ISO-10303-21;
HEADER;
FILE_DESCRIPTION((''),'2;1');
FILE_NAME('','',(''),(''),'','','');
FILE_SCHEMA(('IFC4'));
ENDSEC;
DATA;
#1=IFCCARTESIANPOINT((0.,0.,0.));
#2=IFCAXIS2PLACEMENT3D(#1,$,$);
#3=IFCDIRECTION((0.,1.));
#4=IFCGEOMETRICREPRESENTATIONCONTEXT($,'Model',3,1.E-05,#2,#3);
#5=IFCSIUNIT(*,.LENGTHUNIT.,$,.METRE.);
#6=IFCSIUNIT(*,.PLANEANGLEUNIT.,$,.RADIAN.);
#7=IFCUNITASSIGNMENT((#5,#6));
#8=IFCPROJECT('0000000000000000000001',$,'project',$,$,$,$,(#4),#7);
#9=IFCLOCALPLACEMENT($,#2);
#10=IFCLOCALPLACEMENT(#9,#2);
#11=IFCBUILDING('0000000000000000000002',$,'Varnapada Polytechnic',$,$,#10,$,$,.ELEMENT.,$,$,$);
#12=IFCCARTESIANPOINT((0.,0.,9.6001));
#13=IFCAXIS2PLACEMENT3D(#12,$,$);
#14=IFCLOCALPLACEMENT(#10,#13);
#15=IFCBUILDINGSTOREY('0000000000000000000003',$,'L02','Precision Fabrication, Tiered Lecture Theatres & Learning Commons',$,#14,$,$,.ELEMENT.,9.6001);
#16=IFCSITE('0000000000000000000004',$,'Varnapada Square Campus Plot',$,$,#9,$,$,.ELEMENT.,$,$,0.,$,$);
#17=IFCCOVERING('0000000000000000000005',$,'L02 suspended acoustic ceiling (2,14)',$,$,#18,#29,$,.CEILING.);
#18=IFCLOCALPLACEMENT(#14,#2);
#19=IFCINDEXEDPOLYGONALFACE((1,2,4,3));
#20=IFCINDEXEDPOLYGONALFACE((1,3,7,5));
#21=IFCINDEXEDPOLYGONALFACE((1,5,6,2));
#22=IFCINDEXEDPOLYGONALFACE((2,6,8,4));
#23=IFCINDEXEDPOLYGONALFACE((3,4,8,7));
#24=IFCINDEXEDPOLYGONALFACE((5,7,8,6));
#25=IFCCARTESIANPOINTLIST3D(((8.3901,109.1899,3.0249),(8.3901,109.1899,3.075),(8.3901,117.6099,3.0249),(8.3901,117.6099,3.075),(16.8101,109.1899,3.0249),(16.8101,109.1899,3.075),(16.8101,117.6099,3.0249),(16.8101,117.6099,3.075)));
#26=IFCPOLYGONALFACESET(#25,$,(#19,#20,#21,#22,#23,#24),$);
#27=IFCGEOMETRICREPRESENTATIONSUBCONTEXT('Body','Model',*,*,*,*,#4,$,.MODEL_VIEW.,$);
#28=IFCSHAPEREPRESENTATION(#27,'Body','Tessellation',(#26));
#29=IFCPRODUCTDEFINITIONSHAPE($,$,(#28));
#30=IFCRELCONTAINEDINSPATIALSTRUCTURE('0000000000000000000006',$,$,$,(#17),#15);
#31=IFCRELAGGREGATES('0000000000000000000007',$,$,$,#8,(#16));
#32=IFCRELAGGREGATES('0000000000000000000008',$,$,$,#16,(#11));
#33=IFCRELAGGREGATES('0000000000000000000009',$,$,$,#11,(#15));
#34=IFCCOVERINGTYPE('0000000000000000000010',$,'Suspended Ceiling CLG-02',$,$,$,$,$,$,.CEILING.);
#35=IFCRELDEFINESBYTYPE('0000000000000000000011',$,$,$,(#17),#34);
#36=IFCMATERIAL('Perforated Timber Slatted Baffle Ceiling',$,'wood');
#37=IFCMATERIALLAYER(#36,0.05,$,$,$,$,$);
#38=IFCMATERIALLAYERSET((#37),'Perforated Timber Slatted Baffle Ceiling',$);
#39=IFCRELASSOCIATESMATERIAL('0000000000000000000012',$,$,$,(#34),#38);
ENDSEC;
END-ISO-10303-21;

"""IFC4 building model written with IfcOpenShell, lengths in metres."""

from ifc_helpers import new_model, si_unit, direction, frame, origin, origin_2d, place, context, subcontext, project, spatial, rectangle, extrude, material, layer, layer_set, type_object, element, save


model = new_model("IFC4")

# Units and contexts
model_context = context("Model", 3, precision=1e-05, world=origin(), true_north=direction((0.0, 1.0)))
body_context = subcontext(model_context, "Body", "Model", "MODEL_VIEW")
ifc_project = project(units=[si_unit("LENGTHUNIT", "METRE"), si_unit("PLANEANGLEUNIT", "RADIAN")], contexts=[model_context])

# Site, building, storey
site_placement = place(None, origin())
site = spatial("IfcSite", under=ifc_project, at=site_placement, Name="Varnapada Square Campus Plot", CompositionType="ELEMENT", RefElevation=0.0)
building_placement = place(site_placement, origin())
building = spatial("IfcBuilding", under=site, at=building_placement, Name="Varnapada Polytechnic", CompositionType="ELEMENT")
storey_placement = place(building_placement, frame((0.0, 0.0, 9.6001)))
storey = spatial("IfcBuildingStorey", under=building, at=storey_placement, Name="L02", Description="Precision Fabrication, Tiered Lecture Theatres & Learning Commons", CompositionType="ELEMENT", Elevation=9.6001)

# Covering
ifc_material_1 = material(Name="Perforated Timber Slatted Baffle Ceiling", Category="wood")
ifc_layer_1 = layer(ifc_material_1, 0.05)
ifc_layer_set_1 = layer_set([ifc_layer_1], Name="Perforated Timber Slatted Baffle Ceiling")
covering_type_1 = type_object("IfcCoveringType", Name="Suspended Ceiling CLG-02", PredefinedType="CEILING", material=ifc_layer_set_1)
covering_placement = place(storey_placement, frame((12.6001, 113.3999, 3.0249), z_axis=(0.0, 0.0, 1.0), x_axis=(1.0, 0.0, 0.0)))
element("IfcCovering", 1, at=covering_placement, inside=storey, type_object=covering_type_1, Name="L02 suspended acoustic ceiling (2,14)", PredefinedType="CEILING", context=body_context, shape_type="SweptSolid", body=[
    extrude(rectangle(XDim=8.4199, YDim=8.4199, at=origin_2d()), origin(), (0.0, 0.0, 1.0), 0.05),
])

save(model, "model.ifc")
